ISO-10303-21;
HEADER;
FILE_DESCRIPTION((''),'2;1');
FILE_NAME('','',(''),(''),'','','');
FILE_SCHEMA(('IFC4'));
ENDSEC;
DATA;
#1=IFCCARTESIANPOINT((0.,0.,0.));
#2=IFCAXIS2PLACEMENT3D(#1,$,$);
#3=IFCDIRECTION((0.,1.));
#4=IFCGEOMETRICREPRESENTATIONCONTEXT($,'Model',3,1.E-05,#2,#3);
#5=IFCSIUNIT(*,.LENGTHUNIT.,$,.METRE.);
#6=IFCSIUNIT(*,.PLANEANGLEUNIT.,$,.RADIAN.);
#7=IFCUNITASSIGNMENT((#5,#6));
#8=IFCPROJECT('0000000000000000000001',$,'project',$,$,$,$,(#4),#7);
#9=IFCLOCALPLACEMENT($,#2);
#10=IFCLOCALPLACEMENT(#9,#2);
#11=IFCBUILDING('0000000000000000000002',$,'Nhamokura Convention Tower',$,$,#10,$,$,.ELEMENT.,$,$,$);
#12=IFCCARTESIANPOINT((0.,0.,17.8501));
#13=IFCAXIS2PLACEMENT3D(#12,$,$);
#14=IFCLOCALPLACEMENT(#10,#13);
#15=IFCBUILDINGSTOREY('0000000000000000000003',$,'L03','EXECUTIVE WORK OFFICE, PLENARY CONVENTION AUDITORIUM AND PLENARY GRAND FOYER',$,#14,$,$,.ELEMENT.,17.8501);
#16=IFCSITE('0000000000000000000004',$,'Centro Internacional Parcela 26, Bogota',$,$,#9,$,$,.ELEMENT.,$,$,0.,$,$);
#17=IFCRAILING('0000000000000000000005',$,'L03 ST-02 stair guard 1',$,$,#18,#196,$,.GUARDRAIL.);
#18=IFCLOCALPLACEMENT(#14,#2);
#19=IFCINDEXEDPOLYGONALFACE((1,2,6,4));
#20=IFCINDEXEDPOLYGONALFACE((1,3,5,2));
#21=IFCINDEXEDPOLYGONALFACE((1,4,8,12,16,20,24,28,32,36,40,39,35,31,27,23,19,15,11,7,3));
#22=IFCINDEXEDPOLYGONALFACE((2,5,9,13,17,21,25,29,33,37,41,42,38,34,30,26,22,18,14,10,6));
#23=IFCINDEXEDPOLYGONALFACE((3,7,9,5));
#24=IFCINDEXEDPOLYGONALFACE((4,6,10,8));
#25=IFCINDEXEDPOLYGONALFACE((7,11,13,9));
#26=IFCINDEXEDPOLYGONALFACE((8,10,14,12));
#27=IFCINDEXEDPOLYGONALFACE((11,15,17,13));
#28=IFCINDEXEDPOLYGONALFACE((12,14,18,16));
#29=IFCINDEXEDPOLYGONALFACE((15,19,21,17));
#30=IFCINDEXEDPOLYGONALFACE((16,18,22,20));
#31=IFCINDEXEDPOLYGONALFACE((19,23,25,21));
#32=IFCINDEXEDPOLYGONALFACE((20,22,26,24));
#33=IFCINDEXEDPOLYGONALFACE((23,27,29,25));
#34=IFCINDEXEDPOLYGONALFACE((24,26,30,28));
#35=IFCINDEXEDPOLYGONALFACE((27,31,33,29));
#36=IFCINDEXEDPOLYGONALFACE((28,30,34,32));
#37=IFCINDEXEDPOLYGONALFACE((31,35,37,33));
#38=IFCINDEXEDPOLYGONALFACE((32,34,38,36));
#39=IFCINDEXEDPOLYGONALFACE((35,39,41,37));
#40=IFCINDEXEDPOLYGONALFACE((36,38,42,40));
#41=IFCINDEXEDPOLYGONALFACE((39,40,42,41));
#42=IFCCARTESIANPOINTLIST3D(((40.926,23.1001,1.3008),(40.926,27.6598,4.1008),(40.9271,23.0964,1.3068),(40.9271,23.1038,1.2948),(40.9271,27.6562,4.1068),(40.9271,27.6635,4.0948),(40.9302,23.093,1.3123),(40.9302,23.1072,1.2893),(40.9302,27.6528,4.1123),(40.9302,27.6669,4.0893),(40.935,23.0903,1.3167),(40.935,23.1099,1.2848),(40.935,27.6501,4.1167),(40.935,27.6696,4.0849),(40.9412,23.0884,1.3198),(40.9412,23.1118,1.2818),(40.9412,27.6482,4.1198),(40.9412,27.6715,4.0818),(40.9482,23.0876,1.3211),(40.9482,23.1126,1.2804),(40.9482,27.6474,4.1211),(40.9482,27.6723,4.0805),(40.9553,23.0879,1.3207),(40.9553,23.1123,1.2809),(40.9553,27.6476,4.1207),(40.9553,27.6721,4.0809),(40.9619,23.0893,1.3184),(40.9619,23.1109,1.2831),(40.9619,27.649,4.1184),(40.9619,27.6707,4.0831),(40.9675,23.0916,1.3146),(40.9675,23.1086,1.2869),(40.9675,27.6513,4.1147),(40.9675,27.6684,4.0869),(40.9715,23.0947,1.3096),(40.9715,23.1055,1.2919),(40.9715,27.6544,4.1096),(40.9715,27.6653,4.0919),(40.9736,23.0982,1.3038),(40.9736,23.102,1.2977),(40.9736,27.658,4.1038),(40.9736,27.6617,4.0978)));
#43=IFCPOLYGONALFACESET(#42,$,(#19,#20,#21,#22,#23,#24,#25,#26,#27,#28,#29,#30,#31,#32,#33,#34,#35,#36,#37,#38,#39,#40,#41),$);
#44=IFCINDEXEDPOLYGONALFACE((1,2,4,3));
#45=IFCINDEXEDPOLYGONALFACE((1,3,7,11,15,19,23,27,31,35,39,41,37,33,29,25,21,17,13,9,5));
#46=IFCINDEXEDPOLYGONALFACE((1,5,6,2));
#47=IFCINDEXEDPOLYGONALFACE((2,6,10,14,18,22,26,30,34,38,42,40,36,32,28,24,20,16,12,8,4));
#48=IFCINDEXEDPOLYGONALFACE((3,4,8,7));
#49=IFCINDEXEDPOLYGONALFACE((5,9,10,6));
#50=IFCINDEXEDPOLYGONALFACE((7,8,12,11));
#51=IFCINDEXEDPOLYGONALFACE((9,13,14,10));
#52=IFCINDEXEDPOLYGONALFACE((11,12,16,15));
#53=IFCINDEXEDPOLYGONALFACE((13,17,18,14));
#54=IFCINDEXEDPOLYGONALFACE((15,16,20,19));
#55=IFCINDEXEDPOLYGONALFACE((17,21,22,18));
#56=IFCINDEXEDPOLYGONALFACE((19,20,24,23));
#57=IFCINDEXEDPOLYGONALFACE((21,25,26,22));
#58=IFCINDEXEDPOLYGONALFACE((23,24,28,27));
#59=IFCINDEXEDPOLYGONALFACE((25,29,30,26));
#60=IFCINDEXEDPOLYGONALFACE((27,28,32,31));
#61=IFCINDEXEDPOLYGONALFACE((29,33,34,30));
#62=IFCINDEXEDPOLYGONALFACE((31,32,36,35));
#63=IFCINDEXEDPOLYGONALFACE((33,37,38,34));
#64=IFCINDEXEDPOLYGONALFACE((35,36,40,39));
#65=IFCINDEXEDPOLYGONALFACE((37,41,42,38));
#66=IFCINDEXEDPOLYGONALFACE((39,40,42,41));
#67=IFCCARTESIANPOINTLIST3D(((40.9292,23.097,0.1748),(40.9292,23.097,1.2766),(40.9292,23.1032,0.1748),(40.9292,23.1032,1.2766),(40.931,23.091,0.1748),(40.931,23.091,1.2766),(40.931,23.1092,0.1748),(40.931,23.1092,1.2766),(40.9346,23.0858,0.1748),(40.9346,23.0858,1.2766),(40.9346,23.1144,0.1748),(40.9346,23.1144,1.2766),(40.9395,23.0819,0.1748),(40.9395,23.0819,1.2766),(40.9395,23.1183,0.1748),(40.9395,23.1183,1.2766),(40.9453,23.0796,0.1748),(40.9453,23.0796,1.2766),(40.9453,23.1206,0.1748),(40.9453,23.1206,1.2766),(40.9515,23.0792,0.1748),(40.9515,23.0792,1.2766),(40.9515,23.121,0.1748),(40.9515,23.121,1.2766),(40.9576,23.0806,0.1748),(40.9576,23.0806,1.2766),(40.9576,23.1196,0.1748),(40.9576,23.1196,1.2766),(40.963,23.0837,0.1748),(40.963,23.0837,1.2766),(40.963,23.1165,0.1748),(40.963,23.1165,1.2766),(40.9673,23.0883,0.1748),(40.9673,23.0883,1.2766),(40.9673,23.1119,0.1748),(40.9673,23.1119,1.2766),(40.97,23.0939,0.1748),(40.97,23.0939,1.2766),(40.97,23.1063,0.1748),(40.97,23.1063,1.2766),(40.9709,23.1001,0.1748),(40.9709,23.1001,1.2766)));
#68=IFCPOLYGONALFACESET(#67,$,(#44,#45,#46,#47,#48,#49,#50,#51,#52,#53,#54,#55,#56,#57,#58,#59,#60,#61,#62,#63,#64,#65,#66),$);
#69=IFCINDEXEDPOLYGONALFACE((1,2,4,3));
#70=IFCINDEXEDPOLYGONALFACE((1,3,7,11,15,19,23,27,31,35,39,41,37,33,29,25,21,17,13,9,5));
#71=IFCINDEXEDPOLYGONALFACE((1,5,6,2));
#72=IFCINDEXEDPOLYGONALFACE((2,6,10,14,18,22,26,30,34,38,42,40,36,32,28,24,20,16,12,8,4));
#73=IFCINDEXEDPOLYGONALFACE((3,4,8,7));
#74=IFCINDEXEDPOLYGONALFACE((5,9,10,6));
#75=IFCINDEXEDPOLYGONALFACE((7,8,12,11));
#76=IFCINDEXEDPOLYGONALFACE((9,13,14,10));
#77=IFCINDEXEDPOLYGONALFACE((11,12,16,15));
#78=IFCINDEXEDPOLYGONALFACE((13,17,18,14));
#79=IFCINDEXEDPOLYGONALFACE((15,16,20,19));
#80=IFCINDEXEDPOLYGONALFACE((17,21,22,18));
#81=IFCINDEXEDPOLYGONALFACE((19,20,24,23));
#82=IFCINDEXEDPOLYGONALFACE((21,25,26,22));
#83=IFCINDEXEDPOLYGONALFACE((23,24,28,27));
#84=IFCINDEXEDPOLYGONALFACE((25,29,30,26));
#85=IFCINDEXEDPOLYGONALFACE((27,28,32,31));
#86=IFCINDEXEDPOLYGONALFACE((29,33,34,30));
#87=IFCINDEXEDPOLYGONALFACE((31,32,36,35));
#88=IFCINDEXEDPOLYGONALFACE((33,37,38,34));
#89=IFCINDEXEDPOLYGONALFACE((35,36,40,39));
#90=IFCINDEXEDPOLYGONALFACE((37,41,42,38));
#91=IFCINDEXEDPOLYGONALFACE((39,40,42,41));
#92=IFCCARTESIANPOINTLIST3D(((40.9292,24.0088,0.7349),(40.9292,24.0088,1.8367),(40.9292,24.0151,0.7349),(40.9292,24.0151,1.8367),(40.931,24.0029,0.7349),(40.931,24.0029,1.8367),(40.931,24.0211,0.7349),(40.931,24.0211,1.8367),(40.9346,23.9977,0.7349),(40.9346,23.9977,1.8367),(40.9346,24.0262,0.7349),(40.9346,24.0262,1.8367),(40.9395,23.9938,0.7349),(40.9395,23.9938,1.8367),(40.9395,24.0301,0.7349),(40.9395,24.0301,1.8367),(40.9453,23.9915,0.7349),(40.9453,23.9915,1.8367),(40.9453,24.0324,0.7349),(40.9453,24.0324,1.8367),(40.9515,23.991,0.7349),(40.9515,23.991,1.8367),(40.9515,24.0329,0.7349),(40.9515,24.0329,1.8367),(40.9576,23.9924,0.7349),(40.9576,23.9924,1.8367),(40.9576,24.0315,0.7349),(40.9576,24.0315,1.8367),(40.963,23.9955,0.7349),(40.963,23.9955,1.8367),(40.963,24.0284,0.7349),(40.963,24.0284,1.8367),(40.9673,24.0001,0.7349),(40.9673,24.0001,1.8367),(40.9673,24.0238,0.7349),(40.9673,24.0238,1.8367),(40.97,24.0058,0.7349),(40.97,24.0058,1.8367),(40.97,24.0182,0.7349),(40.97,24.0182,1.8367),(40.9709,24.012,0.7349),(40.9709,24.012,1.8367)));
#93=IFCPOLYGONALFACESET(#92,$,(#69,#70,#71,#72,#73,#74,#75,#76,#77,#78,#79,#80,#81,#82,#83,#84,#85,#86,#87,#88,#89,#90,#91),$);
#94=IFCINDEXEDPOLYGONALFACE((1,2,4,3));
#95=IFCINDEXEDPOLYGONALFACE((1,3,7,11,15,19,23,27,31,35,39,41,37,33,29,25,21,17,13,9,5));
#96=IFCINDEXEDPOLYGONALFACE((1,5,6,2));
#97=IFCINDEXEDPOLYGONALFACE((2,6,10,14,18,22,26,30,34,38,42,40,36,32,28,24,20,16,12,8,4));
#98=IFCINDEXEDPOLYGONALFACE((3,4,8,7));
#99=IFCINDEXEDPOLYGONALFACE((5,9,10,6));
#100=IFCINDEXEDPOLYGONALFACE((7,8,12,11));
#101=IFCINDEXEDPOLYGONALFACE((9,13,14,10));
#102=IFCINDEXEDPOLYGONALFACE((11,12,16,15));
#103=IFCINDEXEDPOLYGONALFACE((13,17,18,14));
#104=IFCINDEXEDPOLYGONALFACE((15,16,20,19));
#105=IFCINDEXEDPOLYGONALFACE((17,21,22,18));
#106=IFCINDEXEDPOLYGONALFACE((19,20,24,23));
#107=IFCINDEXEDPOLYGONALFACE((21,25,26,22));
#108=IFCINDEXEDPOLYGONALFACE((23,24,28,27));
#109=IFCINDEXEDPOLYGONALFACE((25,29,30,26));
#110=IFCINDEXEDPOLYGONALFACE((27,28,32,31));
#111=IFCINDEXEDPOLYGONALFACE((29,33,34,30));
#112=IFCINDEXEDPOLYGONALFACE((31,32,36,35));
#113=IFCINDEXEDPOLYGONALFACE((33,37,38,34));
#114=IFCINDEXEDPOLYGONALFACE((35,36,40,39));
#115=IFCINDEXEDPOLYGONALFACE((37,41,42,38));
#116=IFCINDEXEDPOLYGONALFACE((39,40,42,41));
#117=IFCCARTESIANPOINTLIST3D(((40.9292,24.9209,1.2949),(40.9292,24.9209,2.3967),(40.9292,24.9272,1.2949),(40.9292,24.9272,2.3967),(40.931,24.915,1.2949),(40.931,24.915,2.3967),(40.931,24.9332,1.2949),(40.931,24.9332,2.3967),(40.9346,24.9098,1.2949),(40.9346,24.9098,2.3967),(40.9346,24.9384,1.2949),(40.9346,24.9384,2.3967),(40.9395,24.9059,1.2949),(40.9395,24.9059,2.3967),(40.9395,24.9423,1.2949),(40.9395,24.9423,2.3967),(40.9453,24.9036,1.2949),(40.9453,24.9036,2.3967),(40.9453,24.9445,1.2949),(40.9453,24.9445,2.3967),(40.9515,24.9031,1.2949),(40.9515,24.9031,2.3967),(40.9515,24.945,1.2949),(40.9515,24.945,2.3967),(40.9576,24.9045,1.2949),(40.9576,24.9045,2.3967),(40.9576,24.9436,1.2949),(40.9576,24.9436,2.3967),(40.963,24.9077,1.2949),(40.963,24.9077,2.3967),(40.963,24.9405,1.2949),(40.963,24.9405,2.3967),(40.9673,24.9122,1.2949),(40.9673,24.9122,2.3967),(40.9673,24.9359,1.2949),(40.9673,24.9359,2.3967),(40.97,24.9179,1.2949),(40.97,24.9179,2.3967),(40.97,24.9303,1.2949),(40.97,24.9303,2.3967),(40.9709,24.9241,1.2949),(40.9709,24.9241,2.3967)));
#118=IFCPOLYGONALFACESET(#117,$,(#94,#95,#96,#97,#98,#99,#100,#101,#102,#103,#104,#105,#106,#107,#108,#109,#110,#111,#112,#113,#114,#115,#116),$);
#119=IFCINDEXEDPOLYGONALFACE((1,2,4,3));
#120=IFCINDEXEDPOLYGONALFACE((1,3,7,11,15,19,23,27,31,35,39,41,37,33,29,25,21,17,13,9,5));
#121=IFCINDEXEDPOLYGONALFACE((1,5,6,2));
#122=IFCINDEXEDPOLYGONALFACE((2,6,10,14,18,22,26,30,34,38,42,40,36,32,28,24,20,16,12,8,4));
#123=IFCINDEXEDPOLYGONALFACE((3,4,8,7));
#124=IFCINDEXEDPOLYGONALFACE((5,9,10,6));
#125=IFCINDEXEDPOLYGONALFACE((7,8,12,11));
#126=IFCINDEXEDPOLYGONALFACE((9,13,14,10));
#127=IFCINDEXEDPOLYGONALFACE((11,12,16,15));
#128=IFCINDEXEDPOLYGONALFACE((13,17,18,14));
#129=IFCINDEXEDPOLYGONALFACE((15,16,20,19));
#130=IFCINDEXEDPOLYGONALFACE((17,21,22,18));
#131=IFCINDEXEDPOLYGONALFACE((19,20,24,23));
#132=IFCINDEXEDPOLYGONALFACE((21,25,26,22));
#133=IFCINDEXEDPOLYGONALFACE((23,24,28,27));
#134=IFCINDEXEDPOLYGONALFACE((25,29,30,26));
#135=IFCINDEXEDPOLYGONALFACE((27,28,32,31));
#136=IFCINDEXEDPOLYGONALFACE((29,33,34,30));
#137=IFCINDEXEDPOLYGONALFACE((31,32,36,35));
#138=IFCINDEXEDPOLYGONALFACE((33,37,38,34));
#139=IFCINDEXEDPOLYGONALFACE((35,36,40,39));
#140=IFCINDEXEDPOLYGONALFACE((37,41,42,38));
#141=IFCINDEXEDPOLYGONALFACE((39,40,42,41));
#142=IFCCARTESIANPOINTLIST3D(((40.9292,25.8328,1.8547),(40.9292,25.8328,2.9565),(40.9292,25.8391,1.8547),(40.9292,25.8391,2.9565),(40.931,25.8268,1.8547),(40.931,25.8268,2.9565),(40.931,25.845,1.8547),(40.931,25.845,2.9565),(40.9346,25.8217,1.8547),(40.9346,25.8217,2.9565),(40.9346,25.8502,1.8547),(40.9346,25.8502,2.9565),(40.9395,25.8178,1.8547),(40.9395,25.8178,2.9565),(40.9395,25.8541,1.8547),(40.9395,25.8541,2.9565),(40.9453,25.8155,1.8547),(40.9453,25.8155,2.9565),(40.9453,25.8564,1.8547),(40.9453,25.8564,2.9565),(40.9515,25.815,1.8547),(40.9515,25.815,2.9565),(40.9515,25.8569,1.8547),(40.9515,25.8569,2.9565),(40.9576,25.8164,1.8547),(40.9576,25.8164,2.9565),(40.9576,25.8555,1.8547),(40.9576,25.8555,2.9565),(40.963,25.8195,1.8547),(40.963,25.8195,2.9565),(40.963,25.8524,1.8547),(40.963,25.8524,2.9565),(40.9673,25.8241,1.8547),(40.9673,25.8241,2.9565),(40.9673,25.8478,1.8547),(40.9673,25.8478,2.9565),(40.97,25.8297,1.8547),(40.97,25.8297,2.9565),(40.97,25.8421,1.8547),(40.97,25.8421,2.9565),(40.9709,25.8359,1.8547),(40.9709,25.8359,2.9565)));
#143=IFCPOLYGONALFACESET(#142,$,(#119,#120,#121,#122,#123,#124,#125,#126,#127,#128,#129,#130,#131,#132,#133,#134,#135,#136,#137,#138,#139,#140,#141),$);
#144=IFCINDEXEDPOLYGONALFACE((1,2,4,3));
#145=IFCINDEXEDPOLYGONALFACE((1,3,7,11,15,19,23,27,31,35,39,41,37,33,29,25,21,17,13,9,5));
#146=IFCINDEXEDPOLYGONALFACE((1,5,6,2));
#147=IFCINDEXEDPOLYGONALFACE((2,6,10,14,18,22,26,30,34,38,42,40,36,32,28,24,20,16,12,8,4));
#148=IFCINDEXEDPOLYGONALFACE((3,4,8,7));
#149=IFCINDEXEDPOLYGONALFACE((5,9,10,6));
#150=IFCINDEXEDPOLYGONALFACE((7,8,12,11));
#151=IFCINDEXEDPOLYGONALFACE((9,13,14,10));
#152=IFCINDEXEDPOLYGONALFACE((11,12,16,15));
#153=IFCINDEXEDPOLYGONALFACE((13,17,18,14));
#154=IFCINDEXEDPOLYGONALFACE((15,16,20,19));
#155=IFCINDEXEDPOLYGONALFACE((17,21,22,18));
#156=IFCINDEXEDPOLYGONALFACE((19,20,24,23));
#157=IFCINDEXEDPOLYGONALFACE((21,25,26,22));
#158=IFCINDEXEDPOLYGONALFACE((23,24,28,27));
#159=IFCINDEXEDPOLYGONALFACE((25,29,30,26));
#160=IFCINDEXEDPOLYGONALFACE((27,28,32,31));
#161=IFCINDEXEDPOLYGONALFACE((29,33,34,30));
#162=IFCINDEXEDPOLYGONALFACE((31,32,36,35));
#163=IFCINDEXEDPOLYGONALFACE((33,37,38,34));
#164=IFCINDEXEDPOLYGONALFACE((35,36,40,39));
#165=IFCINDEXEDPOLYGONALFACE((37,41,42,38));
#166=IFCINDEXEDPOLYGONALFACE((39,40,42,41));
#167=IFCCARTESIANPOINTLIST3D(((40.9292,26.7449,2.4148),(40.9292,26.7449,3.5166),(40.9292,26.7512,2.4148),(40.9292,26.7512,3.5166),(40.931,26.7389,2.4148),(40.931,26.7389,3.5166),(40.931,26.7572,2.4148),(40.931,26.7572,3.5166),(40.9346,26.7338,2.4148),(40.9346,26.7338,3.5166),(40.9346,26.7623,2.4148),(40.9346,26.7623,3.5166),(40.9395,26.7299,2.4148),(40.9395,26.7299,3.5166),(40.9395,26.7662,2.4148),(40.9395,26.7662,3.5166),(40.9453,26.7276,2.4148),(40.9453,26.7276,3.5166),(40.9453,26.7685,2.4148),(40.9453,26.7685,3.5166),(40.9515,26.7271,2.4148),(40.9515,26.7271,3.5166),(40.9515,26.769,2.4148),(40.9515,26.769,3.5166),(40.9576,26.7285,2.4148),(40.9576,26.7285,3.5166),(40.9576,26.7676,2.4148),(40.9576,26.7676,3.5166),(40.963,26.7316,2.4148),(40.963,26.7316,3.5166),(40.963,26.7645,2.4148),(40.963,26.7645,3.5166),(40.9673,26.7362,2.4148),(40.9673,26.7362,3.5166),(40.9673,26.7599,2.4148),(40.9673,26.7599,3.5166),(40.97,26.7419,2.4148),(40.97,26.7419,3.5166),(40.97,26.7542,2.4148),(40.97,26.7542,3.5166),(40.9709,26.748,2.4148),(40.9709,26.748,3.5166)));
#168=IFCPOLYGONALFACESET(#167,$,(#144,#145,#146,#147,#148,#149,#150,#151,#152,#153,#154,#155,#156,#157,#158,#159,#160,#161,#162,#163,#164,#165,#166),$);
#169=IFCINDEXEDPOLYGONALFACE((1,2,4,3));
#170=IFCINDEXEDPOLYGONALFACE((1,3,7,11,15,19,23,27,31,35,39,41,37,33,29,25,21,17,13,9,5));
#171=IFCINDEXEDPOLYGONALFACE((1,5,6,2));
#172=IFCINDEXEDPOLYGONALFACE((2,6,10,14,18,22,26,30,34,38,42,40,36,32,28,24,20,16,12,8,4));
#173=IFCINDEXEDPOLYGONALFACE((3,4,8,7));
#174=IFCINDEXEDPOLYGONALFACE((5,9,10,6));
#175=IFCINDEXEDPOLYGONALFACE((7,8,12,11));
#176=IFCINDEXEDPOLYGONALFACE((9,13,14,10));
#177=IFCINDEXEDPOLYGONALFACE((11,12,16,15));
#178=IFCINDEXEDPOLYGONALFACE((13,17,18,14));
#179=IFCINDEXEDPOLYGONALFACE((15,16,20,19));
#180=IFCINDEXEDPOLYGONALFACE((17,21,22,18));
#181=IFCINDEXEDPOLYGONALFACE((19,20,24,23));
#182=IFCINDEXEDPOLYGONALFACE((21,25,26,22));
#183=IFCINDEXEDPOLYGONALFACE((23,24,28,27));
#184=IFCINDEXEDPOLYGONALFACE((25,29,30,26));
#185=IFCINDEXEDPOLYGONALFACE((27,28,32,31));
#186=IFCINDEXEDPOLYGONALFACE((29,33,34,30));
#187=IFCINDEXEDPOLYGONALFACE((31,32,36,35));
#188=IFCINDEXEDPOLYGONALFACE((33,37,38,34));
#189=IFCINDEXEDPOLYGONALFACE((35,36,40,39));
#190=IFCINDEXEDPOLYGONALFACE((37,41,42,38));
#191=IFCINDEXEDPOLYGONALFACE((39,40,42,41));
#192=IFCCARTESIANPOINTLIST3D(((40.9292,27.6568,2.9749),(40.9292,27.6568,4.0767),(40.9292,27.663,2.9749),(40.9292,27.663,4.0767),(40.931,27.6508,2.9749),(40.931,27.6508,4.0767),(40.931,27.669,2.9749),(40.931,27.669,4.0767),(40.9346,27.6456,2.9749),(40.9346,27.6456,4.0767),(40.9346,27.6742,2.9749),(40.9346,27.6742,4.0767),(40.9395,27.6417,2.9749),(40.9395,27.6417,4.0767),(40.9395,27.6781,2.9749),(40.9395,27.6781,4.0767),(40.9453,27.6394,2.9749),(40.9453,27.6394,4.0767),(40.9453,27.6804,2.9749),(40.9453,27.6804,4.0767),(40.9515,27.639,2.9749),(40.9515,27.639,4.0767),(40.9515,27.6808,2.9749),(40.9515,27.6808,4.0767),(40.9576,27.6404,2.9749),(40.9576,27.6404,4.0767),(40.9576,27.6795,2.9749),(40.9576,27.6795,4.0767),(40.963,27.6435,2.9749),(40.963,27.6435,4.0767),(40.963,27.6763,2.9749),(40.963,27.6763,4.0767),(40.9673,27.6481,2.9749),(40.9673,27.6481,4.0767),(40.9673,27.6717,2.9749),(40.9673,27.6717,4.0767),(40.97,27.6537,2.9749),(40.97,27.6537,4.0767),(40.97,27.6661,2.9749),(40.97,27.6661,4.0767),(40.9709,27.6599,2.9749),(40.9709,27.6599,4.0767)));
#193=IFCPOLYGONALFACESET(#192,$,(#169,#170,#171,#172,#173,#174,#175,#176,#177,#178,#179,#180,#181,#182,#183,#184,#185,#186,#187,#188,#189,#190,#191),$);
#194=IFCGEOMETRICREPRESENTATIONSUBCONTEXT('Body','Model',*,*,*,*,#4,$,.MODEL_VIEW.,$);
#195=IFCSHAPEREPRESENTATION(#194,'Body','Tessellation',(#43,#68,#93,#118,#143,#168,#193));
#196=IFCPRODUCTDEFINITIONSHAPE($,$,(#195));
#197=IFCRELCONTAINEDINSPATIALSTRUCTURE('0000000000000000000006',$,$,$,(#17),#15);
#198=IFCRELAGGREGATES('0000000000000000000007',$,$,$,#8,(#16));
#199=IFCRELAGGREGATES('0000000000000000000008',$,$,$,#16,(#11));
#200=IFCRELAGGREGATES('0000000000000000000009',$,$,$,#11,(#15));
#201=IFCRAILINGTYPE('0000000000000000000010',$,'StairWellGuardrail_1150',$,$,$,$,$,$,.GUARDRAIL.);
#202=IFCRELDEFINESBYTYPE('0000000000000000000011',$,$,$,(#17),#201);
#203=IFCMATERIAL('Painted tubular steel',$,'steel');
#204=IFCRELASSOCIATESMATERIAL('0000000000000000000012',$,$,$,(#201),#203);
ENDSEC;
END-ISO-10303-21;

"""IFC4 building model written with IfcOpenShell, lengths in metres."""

from ifc_helpers import new_model, si_unit, direction, frame, origin, origin_2d, place, context, subcontext, project, spatial, circle, extrude, material, type_object, element, save


model = new_model("IFC4")

# Units and contexts
model_context = context("Model", 3, precision=1e-05, world=origin(), true_north=direction((0.0, 1.0)))
body_context = subcontext(model_context, "Body", "Model", "MODEL_VIEW")
ifc_project = project(units=[si_unit("LENGTHUNIT", "METRE"), si_unit("PLANEANGLEUNIT", "RADIAN")], contexts=[model_context])

# Site, building, storey
site_placement = place(None, origin())
site = spatial("IfcSite", under=ifc_project, at=site_placement, Name="Centro Internacional Parcela 26, Bogota", CompositionType="ELEMENT", RefElevation=0.0)
building_placement = place(site_placement, origin())
building = spatial("IfcBuilding", under=site, at=building_placement, Name="Nhamokura Convention Tower", CompositionType="ELEMENT")
storey_placement = place(building_placement, frame((0.0, 0.0, 17.8501)))
storey = spatial("IfcBuildingStorey", under=building, at=storey_placement, Name="L03", Description="EXECUTIVE WORK OFFICE, PLENARY CONVENTION AUDITORIUM AND PLENARY GRAND FOYER", CompositionType="ELEMENT", Elevation=17.8501)

# Railing
ifc_material_1 = material(Name="Painted tubular steel", Category="steel")
railing_type_1 = type_object("IfcRailingType", Name="StairWellGuardrail_1150", PredefinedType="GUARDRAIL", material=ifc_material_1)
railing_1_placement = place(storey_placement, frame((40.95, 23.1001, 0.1748)))
element("IfcRailing", 1, at=railing_1_placement, inside=storey, type_object=railing_type_1, Name="L03 ST-02 stair guard 1", PredefinedType="GUARDRAIL", context=body_context, shape_type="SweptSolid", body=[
    extrude(circle(Radius=0.0239, at=origin_2d()), frame((0.0, 0.0, 1.126), z_axis=(0.0, 0.852158, 0.523285), x_axis=(-1.0, 0.0, 0.0)), (0.0, 0.0, 1.0), 5.3508),
    extrude(circle(Radius=0.021, at=origin_2d()), origin(), (0.0, 0.0, 1.0), 1.1018),
    extrude(circle(Radius=0.021, at=origin_2d()), frame((0.0, 0.9119, 0.5601)), (0.0, 0.0, 1.0), 1.1018),
    extrude(circle(Radius=0.021, at=origin_2d()), frame((0.0, 1.824, 1.1201)), (0.0, 0.0, 1.0), 1.1018),
    extrude(circle(Radius=0.021, at=origin_2d()), frame((0.0, 2.7358, 1.6799)), (0.0, 0.0, 1.0), 1.1018),
    extrude(circle(Radius=0.021, at=origin_2d()), frame((0.0, 3.6479, 2.24)), (0.0, 0.0, 1.0), 1.1018),
    extrude(circle(Radius=0.021, at=origin_2d()), frame((0.0, 4.5598, 2.8)), (0.0, 0.0, 1.0), 1.1018),
])

save(model, "model.ifc")
